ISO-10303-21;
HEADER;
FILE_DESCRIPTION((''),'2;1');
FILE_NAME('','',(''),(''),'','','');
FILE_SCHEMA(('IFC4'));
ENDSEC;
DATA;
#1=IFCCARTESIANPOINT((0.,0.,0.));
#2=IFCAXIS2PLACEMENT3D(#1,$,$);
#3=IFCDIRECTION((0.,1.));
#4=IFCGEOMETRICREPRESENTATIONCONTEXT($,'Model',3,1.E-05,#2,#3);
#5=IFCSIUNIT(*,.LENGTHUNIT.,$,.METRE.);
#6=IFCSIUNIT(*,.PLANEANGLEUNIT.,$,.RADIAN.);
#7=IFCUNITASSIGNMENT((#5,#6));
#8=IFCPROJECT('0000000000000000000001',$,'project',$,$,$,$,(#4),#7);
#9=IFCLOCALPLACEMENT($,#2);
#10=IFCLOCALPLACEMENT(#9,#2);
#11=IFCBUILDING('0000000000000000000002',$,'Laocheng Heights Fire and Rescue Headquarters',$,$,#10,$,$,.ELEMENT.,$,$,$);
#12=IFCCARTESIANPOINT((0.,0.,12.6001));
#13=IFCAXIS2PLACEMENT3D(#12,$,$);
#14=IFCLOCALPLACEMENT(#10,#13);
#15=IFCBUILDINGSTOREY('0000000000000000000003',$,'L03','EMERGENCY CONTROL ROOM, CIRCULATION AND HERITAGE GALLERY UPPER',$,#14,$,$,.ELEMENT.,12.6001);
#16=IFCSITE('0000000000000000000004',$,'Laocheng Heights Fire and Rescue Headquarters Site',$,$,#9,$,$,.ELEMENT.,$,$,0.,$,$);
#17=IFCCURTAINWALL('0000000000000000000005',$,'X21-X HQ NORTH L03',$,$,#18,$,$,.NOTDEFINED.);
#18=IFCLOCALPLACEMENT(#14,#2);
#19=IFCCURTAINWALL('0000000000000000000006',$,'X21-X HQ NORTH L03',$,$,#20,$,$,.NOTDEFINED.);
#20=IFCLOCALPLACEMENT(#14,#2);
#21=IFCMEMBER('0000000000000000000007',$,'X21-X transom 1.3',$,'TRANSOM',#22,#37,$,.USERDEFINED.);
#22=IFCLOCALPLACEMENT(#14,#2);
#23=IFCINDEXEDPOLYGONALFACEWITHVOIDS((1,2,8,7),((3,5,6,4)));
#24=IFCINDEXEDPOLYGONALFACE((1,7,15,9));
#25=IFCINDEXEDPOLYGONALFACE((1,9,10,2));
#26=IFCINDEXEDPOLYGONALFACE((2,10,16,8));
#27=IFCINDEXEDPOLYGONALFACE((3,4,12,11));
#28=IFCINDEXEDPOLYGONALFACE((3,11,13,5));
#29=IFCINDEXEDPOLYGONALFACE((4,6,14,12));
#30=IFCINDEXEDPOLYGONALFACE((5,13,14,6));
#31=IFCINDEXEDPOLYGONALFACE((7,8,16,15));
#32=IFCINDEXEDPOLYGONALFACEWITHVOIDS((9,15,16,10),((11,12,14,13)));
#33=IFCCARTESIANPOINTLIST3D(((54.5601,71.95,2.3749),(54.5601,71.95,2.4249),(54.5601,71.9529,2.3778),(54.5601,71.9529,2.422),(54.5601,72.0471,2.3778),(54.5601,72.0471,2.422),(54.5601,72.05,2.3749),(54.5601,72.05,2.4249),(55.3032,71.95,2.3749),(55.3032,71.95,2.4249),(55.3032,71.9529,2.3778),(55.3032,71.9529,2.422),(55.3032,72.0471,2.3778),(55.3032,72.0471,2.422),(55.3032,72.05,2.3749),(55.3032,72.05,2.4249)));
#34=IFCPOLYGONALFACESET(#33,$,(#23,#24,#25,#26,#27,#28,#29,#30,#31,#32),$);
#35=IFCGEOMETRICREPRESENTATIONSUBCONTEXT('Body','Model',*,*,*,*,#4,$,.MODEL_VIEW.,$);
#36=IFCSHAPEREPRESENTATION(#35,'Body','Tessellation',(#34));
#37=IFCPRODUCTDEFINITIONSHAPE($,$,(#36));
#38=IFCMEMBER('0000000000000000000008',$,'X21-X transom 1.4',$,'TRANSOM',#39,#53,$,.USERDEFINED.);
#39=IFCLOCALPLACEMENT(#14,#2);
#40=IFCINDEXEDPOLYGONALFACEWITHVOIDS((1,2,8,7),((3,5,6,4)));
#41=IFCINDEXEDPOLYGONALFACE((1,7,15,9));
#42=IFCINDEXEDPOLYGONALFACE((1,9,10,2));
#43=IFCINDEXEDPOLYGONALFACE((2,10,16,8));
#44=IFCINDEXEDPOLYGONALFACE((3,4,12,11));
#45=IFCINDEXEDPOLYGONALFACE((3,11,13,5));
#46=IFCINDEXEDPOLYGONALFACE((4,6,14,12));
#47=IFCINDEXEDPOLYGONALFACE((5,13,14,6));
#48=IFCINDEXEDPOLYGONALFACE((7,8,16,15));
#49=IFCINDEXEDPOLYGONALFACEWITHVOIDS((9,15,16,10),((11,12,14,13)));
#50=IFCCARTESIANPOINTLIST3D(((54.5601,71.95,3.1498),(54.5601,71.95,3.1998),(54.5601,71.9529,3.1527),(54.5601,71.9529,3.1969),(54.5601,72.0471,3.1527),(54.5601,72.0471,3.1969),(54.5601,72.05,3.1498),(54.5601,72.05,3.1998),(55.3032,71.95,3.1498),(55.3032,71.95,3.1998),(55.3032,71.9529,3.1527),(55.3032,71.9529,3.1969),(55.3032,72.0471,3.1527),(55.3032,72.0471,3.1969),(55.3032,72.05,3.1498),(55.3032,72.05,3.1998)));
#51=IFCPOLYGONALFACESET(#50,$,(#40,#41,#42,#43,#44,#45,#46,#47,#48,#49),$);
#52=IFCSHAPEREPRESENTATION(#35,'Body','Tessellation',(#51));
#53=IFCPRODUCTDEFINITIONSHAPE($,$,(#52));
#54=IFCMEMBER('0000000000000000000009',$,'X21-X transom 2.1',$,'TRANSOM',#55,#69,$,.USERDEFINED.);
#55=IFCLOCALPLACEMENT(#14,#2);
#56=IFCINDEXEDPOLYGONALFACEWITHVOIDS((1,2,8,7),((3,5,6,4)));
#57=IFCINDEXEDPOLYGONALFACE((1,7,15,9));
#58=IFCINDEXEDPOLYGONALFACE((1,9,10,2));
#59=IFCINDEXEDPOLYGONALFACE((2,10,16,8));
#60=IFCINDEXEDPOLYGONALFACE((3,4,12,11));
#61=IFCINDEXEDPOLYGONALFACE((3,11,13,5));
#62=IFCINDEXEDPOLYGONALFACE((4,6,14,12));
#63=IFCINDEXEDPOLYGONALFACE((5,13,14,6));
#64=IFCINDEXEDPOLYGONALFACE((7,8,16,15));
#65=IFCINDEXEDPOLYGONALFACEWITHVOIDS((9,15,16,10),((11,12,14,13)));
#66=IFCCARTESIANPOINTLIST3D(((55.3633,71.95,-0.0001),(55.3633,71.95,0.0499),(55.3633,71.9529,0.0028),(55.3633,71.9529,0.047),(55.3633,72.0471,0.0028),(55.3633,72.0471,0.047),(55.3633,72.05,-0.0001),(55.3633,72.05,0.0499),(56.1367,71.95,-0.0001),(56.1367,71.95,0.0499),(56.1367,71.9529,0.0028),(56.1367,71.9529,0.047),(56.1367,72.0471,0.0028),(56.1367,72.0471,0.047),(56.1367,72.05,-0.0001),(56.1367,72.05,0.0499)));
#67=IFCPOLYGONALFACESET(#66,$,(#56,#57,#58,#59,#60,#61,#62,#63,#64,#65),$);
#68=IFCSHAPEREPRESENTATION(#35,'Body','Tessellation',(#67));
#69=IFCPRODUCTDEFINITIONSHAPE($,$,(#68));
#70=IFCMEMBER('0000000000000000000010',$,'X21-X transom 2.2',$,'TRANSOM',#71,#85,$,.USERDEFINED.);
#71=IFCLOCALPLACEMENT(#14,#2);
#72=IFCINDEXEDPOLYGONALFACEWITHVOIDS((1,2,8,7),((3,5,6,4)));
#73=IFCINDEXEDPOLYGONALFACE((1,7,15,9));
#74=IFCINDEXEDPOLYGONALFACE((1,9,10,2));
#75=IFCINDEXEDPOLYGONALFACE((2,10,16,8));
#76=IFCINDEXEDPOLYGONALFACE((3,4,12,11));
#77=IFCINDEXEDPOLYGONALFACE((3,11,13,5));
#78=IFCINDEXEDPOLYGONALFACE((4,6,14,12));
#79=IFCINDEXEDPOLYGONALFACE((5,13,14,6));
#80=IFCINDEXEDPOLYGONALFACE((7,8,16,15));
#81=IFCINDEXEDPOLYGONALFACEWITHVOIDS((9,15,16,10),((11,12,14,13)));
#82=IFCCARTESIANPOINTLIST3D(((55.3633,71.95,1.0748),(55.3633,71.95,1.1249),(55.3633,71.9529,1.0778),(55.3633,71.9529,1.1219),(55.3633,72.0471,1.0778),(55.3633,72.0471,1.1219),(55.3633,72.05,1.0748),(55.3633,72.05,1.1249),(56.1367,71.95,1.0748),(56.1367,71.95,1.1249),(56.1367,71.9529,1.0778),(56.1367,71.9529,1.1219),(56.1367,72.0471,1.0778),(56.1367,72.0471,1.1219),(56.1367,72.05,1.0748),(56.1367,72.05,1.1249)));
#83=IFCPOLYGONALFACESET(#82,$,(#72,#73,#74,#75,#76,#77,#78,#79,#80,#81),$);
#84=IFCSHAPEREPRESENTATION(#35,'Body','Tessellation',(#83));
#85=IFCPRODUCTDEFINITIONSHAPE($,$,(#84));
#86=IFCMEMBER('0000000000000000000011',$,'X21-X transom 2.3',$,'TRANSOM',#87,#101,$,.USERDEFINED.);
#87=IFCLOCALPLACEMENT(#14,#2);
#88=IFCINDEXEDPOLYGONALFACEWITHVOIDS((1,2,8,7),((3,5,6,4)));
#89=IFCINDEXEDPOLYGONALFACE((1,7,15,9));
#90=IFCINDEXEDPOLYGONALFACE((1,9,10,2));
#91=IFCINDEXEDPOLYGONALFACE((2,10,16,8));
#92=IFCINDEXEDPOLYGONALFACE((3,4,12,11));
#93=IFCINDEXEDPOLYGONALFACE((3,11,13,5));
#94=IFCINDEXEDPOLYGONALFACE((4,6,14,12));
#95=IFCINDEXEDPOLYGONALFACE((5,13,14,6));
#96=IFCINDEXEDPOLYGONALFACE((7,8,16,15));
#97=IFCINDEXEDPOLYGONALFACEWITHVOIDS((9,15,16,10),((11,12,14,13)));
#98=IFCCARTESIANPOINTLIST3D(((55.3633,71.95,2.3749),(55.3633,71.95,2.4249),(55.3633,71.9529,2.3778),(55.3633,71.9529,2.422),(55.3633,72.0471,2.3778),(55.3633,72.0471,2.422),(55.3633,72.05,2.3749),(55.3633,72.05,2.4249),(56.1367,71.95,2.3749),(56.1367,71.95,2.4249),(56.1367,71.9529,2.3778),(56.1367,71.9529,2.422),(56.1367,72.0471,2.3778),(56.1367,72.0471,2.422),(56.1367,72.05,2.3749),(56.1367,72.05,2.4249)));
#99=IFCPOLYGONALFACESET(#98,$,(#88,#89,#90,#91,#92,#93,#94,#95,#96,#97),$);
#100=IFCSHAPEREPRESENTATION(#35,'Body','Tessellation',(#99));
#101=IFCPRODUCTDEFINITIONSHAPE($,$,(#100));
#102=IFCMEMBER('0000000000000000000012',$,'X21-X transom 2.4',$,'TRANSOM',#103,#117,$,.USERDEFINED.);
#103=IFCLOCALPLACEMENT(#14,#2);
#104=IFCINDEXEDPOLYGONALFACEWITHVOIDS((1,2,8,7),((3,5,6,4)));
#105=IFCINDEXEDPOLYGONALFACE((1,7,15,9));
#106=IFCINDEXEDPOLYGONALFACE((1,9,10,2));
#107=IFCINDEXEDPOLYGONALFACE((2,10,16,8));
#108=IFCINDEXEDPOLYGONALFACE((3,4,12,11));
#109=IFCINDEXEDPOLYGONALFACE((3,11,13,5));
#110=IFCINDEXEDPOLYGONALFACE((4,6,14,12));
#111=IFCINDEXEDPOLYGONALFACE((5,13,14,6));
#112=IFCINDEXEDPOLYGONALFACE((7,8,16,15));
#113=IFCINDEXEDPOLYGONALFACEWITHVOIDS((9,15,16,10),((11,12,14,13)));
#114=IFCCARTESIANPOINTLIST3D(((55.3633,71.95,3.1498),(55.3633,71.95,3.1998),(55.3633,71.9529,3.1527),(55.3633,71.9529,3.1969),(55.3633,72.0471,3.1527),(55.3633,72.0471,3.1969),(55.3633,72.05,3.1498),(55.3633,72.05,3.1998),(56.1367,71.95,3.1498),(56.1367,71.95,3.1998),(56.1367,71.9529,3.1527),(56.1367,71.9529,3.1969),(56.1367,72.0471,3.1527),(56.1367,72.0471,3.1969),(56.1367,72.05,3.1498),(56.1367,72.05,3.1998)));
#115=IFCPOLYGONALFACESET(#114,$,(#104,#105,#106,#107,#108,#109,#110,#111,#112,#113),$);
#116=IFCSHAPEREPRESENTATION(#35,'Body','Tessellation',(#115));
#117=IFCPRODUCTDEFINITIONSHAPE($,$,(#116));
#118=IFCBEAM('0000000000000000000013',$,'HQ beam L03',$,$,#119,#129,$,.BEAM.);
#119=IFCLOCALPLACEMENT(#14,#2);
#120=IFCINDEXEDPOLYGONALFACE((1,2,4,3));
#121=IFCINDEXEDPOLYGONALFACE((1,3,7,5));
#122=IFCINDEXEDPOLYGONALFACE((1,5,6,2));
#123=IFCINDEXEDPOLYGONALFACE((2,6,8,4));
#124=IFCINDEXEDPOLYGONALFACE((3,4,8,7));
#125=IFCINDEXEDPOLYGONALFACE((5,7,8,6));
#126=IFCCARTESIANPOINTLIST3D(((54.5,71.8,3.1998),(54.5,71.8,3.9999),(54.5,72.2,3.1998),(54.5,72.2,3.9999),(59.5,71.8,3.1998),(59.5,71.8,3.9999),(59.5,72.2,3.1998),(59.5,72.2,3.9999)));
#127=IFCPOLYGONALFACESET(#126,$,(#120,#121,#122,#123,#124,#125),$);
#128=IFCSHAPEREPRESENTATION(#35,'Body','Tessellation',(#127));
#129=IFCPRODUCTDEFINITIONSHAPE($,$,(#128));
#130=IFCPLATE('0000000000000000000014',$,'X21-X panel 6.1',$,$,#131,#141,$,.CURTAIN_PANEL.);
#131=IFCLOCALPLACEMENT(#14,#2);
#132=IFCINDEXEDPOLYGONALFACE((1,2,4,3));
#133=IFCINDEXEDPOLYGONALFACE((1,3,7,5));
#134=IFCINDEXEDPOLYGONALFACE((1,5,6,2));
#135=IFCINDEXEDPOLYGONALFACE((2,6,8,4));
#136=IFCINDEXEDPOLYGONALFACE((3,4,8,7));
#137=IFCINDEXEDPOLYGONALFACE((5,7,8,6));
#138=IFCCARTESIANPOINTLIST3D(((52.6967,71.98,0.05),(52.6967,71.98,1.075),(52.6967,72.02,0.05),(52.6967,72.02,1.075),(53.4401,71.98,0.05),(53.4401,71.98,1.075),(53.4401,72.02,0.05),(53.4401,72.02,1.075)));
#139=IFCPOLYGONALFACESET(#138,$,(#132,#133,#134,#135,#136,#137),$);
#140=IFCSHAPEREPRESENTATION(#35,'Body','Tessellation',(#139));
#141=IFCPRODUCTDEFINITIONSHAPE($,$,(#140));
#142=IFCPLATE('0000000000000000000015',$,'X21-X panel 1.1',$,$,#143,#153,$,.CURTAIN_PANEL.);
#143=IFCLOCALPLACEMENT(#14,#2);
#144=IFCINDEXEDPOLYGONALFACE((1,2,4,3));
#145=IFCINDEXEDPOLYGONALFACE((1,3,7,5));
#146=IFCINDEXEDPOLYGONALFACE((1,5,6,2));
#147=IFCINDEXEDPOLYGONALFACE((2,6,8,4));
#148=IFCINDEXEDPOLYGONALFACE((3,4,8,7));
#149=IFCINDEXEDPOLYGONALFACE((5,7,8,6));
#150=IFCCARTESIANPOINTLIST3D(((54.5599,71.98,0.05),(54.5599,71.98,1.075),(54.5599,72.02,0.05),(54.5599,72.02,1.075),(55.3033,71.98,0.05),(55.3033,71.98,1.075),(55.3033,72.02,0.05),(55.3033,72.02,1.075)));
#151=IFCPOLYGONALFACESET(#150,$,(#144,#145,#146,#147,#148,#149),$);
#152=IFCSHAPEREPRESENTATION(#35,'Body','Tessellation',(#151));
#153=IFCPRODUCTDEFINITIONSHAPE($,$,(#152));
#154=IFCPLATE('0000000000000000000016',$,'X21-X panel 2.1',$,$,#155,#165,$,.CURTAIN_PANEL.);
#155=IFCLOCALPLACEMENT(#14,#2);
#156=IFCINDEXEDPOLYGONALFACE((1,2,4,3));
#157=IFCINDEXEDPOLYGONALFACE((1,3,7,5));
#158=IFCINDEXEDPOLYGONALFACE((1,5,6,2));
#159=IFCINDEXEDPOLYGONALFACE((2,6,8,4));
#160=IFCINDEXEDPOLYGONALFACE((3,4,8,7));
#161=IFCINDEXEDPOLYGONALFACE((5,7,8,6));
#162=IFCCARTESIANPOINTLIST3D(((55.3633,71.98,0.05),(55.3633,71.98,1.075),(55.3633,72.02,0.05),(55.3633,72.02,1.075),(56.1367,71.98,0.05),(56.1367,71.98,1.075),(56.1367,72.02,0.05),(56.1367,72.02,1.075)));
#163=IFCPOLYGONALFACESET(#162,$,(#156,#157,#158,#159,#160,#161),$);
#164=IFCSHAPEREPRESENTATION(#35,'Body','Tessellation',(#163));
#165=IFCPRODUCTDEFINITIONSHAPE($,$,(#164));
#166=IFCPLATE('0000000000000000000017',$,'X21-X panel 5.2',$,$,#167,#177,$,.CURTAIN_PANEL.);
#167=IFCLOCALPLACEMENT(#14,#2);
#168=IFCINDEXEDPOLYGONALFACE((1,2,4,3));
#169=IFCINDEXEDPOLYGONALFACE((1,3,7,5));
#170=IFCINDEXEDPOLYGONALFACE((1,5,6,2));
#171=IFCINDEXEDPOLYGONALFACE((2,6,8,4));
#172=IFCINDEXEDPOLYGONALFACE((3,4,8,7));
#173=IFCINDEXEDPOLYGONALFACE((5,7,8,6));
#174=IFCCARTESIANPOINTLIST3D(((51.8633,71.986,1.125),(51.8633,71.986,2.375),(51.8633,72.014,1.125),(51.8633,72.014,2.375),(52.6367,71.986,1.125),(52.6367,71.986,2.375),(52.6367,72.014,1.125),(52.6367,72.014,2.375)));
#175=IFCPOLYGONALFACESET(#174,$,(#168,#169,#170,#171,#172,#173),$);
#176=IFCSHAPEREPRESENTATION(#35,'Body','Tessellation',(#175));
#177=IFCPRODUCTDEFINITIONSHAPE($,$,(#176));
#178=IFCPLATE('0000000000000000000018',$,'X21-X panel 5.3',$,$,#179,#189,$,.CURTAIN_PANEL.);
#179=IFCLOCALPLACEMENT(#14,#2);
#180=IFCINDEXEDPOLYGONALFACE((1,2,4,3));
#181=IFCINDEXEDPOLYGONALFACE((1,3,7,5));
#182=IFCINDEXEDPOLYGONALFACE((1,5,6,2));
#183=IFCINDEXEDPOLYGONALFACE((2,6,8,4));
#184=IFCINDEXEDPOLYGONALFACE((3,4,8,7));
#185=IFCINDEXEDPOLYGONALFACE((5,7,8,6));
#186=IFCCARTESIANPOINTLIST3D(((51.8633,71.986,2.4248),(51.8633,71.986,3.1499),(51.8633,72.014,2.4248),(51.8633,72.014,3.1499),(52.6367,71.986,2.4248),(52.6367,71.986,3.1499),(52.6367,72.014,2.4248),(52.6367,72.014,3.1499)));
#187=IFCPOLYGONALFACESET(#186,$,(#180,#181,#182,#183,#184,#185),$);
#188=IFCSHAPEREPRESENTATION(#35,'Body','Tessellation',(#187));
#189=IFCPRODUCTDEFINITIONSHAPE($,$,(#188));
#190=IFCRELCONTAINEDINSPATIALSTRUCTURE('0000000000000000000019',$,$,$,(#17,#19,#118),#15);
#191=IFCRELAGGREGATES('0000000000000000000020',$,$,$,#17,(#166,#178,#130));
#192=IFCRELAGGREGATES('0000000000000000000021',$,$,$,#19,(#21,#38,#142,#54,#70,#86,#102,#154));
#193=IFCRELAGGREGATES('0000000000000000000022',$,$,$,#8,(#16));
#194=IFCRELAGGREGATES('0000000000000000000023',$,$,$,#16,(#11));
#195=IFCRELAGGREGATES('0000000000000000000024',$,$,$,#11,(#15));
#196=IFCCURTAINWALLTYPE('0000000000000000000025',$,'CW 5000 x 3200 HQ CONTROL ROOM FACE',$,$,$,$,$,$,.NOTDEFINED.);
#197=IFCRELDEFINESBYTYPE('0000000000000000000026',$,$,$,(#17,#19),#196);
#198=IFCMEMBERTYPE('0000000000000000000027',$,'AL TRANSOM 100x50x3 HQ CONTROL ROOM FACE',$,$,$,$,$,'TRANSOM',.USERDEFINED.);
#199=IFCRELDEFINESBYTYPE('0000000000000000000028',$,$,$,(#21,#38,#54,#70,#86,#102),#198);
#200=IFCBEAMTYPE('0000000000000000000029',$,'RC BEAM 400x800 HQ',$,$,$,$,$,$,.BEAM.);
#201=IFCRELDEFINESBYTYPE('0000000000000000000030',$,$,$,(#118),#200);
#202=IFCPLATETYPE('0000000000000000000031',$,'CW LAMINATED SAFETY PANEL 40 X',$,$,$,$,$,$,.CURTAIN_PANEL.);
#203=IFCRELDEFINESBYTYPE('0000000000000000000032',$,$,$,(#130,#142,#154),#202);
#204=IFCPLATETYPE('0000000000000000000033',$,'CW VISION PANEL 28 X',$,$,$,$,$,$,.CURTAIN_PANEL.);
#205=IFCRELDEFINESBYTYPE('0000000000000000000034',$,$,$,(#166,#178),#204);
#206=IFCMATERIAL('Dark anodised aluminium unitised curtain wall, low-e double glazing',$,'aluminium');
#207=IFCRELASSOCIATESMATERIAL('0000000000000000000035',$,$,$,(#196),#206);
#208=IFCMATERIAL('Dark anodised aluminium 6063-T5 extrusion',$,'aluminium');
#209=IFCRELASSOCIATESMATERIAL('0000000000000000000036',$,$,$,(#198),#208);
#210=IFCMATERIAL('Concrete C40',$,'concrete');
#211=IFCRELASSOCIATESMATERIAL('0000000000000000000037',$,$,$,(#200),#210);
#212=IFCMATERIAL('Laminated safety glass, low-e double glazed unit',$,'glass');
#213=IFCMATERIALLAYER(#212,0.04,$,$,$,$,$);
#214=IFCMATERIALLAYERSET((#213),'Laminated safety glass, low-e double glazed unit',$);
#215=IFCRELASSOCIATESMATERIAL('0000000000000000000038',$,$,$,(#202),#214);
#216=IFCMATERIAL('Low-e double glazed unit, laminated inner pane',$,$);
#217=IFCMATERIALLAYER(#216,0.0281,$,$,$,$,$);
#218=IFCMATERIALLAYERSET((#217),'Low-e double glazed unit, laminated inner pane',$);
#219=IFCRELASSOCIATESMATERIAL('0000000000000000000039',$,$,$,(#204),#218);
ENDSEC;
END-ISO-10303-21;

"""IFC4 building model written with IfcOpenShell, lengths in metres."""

from ifc_helpers import new_model, si_unit, direction, frame, origin, origin_2d, place, context, subcontext, project, spatial, rectangle, hollow_rectangle, extrude, material, layer, layer_set, material_profile, profile_set, type_object, element, aggregate, save


model = new_model("IFC4")

# Units and contexts
model_context = context("Model", 3, precision=1e-05, world=origin(), true_north=direction((0.0, 1.0)))
body_context = subcontext(model_context, "Body", "Model", "MODEL_VIEW")
ifc_project = project(units=[si_unit("LENGTHUNIT", "METRE"), si_unit("PLANEANGLEUNIT", "RADIAN")], contexts=[model_context])

# Site, building, storey
site_placement = place(None, origin())
site = spatial("IfcSite", under=ifc_project, at=site_placement, Name="Laocheng Heights Fire and Rescue Headquarters Site", CompositionType="ELEMENT", RefElevation=0.0)
building_placement = place(site_placement, origin())
building = spatial("IfcBuilding", under=site, at=building_placement, Name="Laocheng Heights Fire and Rescue Headquarters", CompositionType="ELEMENT")
storey_placement = place(building_placement, frame((0.0, 0.0, 12.6001)))
storey = spatial("IfcBuildingStorey", under=building, at=storey_placement, Name="L03", Description="EMERGENCY CONTROL ROOM, CIRCULATION AND HERITAGE GALLERY UPPER", CompositionType="ELEMENT", Elevation=12.6001)

# Curtain walls
ifc_material_1 = material(Name="Dark anodised aluminium unitised curtain wall, low-e double glazing", Category="aluminium")
curtain_wall_type = type_object("IfcCurtainWallType", Name="CW 5000 x 3200 HQ CONTROL ROOM FACE", PredefinedType="NOTDEFINED", material=ifc_material_1)
curtain_wall_1_placement = place(storey_placement, origin())
curtain_wall_1 = element("IfcCurtainWall", 1, at=curtain_wall_1_placement, inside=storey, type_object=curtain_wall_type, Name="X21-X HQ NORTH L03", PredefinedType="NOTDEFINED")
curtain_wall_2_placement = place(storey_placement, origin())
curtain_wall_2 = element("IfcCurtainWall", 2, at=curtain_wall_2_placement, inside=storey, type_object=curtain_wall_type, Name="X21-X HQ NORTH L03", PredefinedType="NOTDEFINED")

# Members
ifc_material_2 = material(Name="Dark anodised aluminium 6063-T5 extrusion", Category="aluminium")
ifc_material_profile_1 = material_profile(ifc_material_2, hollow_rectangle(XDim=0.1001, YDim=0.05, WallThickness=0.0029, at=origin_2d()), Name="AL TRANSOM 100x50x3 HQ CONTROL ROOM FACE")
ifc_profile_set_1 = profile_set([ifc_material_profile_1], Name="Dark anodised aluminium 6063-T5 extrusion")
member_type_1 = type_object("IfcMemberType", Name="AL TRANSOM 100x50x3 HQ CONTROL ROOM FACE", ElementType="TRANSOM", PredefinedType="USERDEFINED", material=ifc_profile_set_1)
member_1_placement = place(storey_placement, frame((54.5601, 72.0, 2.3999), z_axis=(1.0, 0.0, 0.0), x_axis=(0.0, 1.0, 0.0)))
member_1 = element("IfcMember", 3, at=member_1_placement, type_object=member_type_1, Name="X21-X transom 1.3", ObjectType="TRANSOM", PredefinedType="USERDEFINED", context=body_context, shape_type="SweptSolid", body=[
    extrude(hollow_rectangle(XDim=0.1001, YDim=0.05, WallThickness=0.0029, at=origin_2d()), origin(), (0.0, 0.0, 1.0), 0.7432),
])
member_2_placement = place(storey_placement, frame((54.5601, 72.0, 3.1748), z_axis=(1.0, 0.0, 0.0), x_axis=(0.0, 1.0, 0.0)))
member_2 = element("IfcMember", 4, at=member_2_placement, type_object=member_type_1, Name="X21-X transom 1.4", ObjectType="TRANSOM", PredefinedType="USERDEFINED", context=body_context, shape_type="SweptSolid", body=[
    extrude(hollow_rectangle(XDim=0.1001, YDim=0.05, WallThickness=0.0029, at=origin_2d()), origin(), (0.0, 0.0, 1.0), 0.7432),
])
member_3_placement = place(storey_placement, frame((55.3633, 72.0, 0.0249), z_axis=(1.0, 0.0, 0.0), x_axis=(0.0, 1.0, 0.0)))
member_3 = element("IfcMember", 5, at=member_3_placement, type_object=member_type_1, Name="X21-X transom 2.1", ObjectType="TRANSOM", PredefinedType="USERDEFINED", context=body_context, shape_type="SweptSolid", body=[
    extrude(hollow_rectangle(XDim=0.1001, YDim=0.05, WallThickness=0.0029, at=origin_2d()), origin(), (0.0, 0.0, 1.0), 0.7734),
])
member_4_placement = place(storey_placement, frame((55.3633, 72.0, 1.0999), z_axis=(1.0, 0.0, 0.0), x_axis=(0.0, 1.0, 0.0)))
member_4 = element("IfcMember", 6, at=member_4_placement, type_object=member_type_1, Name="X21-X transom 2.2", ObjectType="TRANSOM", PredefinedType="USERDEFINED", context=body_context, shape_type="SweptSolid", body=[
    extrude(hollow_rectangle(XDim=0.1001, YDim=0.05, WallThickness=0.0029, at=origin_2d()), origin(), (0.0, 0.0, 1.0), 0.7734),
])
member_5_placement = place(storey_placement, frame((55.3633, 72.0, 2.3999), z_axis=(1.0, 0.0, 0.0), x_axis=(0.0, 1.0, 0.0)))
member_5 = element("IfcMember", 7, at=member_5_placement, type_object=member_type_1, Name="X21-X transom 2.3", ObjectType="TRANSOM", PredefinedType="USERDEFINED", context=body_context, shape_type="SweptSolid", body=[
    extrude(hollow_rectangle(XDim=0.1001, YDim=0.05, WallThickness=0.0029, at=origin_2d()), origin(), (0.0, 0.0, 1.0), 0.7734),
])
member_6_placement = place(storey_placement, frame((55.3633, 72.0, 3.1748), z_axis=(1.0, 0.0, 0.0), x_axis=(0.0, 1.0, 0.0)))
member_6 = element("IfcMember", 8, at=member_6_placement, type_object=member_type_1, Name="X21-X transom 2.4", ObjectType="TRANSOM", PredefinedType="USERDEFINED", context=body_context, shape_type="SweptSolid", body=[
    extrude(hollow_rectangle(XDim=0.1001, YDim=0.05, WallThickness=0.0029, at=origin_2d()), origin(), (0.0, 0.0, 1.0), 0.7734),
])

# Beam
ifc_material_3 = material(Name="Concrete C40", Category="concrete")
ifc_material_profile_2 = material_profile(ifc_material_3, rectangle(XDim=0.3999, YDim=0.8, at=origin_2d()), Name="RC BEAM 400x800 HQ")
ifc_profile_set_2 = profile_set([ifc_material_profile_2], Name="Concrete C40")
beam_type = type_object("IfcBeamType", Name="RC BEAM 400x800 HQ", PredefinedType="BEAM", material=ifc_profile_set_2)
beam_placement = place(storey_placement, frame((54.5, 72.0, 3.5999), z_axis=(1.0, 0.0, 0.0), x_axis=(0.0, 1.0, 0.0)))
element("IfcBeam", 9, at=beam_placement, inside=storey, type_object=beam_type, Name="HQ beam L03", PredefinedType="BEAM", context=body_context, shape_type="SweptSolid", body=[
    extrude(rectangle(XDim=0.3999, YDim=0.8, at=origin_2d()), origin(), (0.0, 0.0, 1.0), 5.0),
])

# Plates
ifc_material_4 = material(Name="Laminated safety glass, low-e double glazed unit", Category="glass")
ifc_layer_1 = layer(ifc_material_4, 0.04)
ifc_layer_set_1 = layer_set([ifc_layer_1], Name="Laminated safety glass, low-e double glazed unit")
plate_type_1 = type_object("IfcPlateType", Name="CW LAMINATED SAFETY PANEL 40 X", PredefinedType="CURTAIN_PANEL", material=ifc_layer_set_1)
plate_1_placement = place(storey_placement, frame((53.0684, 72.0, 0.05), z_axis=(0.0, 0.0, 1.0), x_axis=(1.0, 0.0, 0.0)))
plate_1 = element("IfcPlate", 10, at=plate_1_placement, type_object=plate_type_1, Name="X21-X panel 6.1", PredefinedType="CURTAIN_PANEL", context=body_context, shape_type="SweptSolid", body=[
    extrude(rectangle(XDim=0.7434, YDim=0.04, at=origin_2d()), origin(), (0.0, 0.0, 1.0), 1.0249),
])
plate_2_placement = place(storey_placement, frame((54.9316, 72.0, 0.05), z_axis=(0.0, 0.0, 1.0), x_axis=(1.0, 0.0, 0.0)))
plate_2 = element("IfcPlate", 11, at=plate_2_placement, type_object=plate_type_1, Name="X21-X panel 1.1", PredefinedType="CURTAIN_PANEL", context=body_context, shape_type="SweptSolid", body=[
    extrude(rectangle(XDim=0.7434, YDim=0.04, at=origin_2d()), origin(), (0.0, 0.0, 1.0), 1.0249),
])
plate_3_placement = place(storey_placement, frame((55.75, 72.0, 0.05), z_axis=(0.0, 0.0, 1.0), x_axis=(1.0, 0.0, 0.0)))
plate_3 = element("IfcPlate", 12, at=plate_3_placement, type_object=plate_type_1, Name="X21-X panel 2.1", PredefinedType="CURTAIN_PANEL", context=body_context, shape_type="SweptSolid", body=[
    extrude(rectangle(XDim=0.7734, YDim=0.04, at=origin_2d()), origin(), (0.0, 0.0, 1.0), 1.0249),
])
ifc_material_5 = material(Name="Low-e double glazed unit, laminated inner pane")
ifc_layer_2 = layer(ifc_material_5, 0.0281)
ifc_layer_set_2 = layer_set([ifc_layer_2], Name="Low-e double glazed unit, laminated inner pane")
plate_type_2 = type_object("IfcPlateType", Name="CW VISION PANEL 28 X", PredefinedType="CURTAIN_PANEL", material=ifc_layer_set_2)
plate_4_placement = place(storey_placement, frame((52.25, 72.0, 1.125), z_axis=(0.0, 0.0, 1.0), x_axis=(1.0, 0.0, 0.0)))
plate_4 = element("IfcPlate", 13, at=plate_4_placement, type_object=plate_type_2, Name="X21-X panel 5.2", PredefinedType="CURTAIN_PANEL", context=body_context, shape_type="SweptSolid", body=[
    extrude(rectangle(XDim=0.7734, YDim=0.0281, at=origin_2d()), origin(), (0.0, 0.0, 1.0), 1.25),
])
plate_5_placement = place(storey_placement, frame((52.25, 72.0, 2.4248), z_axis=(0.0, 0.0, 1.0), x_axis=(1.0, 0.0, 0.0)))
plate_5 = element("IfcPlate", 14, at=plate_5_placement, type_object=plate_type_2, Name="X21-X panel 5.3", PredefinedType="CURTAIN_PANEL", context=body_context, shape_type="SweptSolid", body=[
    extrude(rectangle(XDim=0.7734, YDim=0.0281, at=origin_2d()), origin(), (0.0, 0.0, 1.0), 0.7251),
])
aggregate(curtain_wall_1, [plate_4, plate_5, plate_1])
aggregate(curtain_wall_2, [member_1, member_2, plate_2, member_3, member_4, member_5, member_6, plate_3])

save(model, "model.ifc")
